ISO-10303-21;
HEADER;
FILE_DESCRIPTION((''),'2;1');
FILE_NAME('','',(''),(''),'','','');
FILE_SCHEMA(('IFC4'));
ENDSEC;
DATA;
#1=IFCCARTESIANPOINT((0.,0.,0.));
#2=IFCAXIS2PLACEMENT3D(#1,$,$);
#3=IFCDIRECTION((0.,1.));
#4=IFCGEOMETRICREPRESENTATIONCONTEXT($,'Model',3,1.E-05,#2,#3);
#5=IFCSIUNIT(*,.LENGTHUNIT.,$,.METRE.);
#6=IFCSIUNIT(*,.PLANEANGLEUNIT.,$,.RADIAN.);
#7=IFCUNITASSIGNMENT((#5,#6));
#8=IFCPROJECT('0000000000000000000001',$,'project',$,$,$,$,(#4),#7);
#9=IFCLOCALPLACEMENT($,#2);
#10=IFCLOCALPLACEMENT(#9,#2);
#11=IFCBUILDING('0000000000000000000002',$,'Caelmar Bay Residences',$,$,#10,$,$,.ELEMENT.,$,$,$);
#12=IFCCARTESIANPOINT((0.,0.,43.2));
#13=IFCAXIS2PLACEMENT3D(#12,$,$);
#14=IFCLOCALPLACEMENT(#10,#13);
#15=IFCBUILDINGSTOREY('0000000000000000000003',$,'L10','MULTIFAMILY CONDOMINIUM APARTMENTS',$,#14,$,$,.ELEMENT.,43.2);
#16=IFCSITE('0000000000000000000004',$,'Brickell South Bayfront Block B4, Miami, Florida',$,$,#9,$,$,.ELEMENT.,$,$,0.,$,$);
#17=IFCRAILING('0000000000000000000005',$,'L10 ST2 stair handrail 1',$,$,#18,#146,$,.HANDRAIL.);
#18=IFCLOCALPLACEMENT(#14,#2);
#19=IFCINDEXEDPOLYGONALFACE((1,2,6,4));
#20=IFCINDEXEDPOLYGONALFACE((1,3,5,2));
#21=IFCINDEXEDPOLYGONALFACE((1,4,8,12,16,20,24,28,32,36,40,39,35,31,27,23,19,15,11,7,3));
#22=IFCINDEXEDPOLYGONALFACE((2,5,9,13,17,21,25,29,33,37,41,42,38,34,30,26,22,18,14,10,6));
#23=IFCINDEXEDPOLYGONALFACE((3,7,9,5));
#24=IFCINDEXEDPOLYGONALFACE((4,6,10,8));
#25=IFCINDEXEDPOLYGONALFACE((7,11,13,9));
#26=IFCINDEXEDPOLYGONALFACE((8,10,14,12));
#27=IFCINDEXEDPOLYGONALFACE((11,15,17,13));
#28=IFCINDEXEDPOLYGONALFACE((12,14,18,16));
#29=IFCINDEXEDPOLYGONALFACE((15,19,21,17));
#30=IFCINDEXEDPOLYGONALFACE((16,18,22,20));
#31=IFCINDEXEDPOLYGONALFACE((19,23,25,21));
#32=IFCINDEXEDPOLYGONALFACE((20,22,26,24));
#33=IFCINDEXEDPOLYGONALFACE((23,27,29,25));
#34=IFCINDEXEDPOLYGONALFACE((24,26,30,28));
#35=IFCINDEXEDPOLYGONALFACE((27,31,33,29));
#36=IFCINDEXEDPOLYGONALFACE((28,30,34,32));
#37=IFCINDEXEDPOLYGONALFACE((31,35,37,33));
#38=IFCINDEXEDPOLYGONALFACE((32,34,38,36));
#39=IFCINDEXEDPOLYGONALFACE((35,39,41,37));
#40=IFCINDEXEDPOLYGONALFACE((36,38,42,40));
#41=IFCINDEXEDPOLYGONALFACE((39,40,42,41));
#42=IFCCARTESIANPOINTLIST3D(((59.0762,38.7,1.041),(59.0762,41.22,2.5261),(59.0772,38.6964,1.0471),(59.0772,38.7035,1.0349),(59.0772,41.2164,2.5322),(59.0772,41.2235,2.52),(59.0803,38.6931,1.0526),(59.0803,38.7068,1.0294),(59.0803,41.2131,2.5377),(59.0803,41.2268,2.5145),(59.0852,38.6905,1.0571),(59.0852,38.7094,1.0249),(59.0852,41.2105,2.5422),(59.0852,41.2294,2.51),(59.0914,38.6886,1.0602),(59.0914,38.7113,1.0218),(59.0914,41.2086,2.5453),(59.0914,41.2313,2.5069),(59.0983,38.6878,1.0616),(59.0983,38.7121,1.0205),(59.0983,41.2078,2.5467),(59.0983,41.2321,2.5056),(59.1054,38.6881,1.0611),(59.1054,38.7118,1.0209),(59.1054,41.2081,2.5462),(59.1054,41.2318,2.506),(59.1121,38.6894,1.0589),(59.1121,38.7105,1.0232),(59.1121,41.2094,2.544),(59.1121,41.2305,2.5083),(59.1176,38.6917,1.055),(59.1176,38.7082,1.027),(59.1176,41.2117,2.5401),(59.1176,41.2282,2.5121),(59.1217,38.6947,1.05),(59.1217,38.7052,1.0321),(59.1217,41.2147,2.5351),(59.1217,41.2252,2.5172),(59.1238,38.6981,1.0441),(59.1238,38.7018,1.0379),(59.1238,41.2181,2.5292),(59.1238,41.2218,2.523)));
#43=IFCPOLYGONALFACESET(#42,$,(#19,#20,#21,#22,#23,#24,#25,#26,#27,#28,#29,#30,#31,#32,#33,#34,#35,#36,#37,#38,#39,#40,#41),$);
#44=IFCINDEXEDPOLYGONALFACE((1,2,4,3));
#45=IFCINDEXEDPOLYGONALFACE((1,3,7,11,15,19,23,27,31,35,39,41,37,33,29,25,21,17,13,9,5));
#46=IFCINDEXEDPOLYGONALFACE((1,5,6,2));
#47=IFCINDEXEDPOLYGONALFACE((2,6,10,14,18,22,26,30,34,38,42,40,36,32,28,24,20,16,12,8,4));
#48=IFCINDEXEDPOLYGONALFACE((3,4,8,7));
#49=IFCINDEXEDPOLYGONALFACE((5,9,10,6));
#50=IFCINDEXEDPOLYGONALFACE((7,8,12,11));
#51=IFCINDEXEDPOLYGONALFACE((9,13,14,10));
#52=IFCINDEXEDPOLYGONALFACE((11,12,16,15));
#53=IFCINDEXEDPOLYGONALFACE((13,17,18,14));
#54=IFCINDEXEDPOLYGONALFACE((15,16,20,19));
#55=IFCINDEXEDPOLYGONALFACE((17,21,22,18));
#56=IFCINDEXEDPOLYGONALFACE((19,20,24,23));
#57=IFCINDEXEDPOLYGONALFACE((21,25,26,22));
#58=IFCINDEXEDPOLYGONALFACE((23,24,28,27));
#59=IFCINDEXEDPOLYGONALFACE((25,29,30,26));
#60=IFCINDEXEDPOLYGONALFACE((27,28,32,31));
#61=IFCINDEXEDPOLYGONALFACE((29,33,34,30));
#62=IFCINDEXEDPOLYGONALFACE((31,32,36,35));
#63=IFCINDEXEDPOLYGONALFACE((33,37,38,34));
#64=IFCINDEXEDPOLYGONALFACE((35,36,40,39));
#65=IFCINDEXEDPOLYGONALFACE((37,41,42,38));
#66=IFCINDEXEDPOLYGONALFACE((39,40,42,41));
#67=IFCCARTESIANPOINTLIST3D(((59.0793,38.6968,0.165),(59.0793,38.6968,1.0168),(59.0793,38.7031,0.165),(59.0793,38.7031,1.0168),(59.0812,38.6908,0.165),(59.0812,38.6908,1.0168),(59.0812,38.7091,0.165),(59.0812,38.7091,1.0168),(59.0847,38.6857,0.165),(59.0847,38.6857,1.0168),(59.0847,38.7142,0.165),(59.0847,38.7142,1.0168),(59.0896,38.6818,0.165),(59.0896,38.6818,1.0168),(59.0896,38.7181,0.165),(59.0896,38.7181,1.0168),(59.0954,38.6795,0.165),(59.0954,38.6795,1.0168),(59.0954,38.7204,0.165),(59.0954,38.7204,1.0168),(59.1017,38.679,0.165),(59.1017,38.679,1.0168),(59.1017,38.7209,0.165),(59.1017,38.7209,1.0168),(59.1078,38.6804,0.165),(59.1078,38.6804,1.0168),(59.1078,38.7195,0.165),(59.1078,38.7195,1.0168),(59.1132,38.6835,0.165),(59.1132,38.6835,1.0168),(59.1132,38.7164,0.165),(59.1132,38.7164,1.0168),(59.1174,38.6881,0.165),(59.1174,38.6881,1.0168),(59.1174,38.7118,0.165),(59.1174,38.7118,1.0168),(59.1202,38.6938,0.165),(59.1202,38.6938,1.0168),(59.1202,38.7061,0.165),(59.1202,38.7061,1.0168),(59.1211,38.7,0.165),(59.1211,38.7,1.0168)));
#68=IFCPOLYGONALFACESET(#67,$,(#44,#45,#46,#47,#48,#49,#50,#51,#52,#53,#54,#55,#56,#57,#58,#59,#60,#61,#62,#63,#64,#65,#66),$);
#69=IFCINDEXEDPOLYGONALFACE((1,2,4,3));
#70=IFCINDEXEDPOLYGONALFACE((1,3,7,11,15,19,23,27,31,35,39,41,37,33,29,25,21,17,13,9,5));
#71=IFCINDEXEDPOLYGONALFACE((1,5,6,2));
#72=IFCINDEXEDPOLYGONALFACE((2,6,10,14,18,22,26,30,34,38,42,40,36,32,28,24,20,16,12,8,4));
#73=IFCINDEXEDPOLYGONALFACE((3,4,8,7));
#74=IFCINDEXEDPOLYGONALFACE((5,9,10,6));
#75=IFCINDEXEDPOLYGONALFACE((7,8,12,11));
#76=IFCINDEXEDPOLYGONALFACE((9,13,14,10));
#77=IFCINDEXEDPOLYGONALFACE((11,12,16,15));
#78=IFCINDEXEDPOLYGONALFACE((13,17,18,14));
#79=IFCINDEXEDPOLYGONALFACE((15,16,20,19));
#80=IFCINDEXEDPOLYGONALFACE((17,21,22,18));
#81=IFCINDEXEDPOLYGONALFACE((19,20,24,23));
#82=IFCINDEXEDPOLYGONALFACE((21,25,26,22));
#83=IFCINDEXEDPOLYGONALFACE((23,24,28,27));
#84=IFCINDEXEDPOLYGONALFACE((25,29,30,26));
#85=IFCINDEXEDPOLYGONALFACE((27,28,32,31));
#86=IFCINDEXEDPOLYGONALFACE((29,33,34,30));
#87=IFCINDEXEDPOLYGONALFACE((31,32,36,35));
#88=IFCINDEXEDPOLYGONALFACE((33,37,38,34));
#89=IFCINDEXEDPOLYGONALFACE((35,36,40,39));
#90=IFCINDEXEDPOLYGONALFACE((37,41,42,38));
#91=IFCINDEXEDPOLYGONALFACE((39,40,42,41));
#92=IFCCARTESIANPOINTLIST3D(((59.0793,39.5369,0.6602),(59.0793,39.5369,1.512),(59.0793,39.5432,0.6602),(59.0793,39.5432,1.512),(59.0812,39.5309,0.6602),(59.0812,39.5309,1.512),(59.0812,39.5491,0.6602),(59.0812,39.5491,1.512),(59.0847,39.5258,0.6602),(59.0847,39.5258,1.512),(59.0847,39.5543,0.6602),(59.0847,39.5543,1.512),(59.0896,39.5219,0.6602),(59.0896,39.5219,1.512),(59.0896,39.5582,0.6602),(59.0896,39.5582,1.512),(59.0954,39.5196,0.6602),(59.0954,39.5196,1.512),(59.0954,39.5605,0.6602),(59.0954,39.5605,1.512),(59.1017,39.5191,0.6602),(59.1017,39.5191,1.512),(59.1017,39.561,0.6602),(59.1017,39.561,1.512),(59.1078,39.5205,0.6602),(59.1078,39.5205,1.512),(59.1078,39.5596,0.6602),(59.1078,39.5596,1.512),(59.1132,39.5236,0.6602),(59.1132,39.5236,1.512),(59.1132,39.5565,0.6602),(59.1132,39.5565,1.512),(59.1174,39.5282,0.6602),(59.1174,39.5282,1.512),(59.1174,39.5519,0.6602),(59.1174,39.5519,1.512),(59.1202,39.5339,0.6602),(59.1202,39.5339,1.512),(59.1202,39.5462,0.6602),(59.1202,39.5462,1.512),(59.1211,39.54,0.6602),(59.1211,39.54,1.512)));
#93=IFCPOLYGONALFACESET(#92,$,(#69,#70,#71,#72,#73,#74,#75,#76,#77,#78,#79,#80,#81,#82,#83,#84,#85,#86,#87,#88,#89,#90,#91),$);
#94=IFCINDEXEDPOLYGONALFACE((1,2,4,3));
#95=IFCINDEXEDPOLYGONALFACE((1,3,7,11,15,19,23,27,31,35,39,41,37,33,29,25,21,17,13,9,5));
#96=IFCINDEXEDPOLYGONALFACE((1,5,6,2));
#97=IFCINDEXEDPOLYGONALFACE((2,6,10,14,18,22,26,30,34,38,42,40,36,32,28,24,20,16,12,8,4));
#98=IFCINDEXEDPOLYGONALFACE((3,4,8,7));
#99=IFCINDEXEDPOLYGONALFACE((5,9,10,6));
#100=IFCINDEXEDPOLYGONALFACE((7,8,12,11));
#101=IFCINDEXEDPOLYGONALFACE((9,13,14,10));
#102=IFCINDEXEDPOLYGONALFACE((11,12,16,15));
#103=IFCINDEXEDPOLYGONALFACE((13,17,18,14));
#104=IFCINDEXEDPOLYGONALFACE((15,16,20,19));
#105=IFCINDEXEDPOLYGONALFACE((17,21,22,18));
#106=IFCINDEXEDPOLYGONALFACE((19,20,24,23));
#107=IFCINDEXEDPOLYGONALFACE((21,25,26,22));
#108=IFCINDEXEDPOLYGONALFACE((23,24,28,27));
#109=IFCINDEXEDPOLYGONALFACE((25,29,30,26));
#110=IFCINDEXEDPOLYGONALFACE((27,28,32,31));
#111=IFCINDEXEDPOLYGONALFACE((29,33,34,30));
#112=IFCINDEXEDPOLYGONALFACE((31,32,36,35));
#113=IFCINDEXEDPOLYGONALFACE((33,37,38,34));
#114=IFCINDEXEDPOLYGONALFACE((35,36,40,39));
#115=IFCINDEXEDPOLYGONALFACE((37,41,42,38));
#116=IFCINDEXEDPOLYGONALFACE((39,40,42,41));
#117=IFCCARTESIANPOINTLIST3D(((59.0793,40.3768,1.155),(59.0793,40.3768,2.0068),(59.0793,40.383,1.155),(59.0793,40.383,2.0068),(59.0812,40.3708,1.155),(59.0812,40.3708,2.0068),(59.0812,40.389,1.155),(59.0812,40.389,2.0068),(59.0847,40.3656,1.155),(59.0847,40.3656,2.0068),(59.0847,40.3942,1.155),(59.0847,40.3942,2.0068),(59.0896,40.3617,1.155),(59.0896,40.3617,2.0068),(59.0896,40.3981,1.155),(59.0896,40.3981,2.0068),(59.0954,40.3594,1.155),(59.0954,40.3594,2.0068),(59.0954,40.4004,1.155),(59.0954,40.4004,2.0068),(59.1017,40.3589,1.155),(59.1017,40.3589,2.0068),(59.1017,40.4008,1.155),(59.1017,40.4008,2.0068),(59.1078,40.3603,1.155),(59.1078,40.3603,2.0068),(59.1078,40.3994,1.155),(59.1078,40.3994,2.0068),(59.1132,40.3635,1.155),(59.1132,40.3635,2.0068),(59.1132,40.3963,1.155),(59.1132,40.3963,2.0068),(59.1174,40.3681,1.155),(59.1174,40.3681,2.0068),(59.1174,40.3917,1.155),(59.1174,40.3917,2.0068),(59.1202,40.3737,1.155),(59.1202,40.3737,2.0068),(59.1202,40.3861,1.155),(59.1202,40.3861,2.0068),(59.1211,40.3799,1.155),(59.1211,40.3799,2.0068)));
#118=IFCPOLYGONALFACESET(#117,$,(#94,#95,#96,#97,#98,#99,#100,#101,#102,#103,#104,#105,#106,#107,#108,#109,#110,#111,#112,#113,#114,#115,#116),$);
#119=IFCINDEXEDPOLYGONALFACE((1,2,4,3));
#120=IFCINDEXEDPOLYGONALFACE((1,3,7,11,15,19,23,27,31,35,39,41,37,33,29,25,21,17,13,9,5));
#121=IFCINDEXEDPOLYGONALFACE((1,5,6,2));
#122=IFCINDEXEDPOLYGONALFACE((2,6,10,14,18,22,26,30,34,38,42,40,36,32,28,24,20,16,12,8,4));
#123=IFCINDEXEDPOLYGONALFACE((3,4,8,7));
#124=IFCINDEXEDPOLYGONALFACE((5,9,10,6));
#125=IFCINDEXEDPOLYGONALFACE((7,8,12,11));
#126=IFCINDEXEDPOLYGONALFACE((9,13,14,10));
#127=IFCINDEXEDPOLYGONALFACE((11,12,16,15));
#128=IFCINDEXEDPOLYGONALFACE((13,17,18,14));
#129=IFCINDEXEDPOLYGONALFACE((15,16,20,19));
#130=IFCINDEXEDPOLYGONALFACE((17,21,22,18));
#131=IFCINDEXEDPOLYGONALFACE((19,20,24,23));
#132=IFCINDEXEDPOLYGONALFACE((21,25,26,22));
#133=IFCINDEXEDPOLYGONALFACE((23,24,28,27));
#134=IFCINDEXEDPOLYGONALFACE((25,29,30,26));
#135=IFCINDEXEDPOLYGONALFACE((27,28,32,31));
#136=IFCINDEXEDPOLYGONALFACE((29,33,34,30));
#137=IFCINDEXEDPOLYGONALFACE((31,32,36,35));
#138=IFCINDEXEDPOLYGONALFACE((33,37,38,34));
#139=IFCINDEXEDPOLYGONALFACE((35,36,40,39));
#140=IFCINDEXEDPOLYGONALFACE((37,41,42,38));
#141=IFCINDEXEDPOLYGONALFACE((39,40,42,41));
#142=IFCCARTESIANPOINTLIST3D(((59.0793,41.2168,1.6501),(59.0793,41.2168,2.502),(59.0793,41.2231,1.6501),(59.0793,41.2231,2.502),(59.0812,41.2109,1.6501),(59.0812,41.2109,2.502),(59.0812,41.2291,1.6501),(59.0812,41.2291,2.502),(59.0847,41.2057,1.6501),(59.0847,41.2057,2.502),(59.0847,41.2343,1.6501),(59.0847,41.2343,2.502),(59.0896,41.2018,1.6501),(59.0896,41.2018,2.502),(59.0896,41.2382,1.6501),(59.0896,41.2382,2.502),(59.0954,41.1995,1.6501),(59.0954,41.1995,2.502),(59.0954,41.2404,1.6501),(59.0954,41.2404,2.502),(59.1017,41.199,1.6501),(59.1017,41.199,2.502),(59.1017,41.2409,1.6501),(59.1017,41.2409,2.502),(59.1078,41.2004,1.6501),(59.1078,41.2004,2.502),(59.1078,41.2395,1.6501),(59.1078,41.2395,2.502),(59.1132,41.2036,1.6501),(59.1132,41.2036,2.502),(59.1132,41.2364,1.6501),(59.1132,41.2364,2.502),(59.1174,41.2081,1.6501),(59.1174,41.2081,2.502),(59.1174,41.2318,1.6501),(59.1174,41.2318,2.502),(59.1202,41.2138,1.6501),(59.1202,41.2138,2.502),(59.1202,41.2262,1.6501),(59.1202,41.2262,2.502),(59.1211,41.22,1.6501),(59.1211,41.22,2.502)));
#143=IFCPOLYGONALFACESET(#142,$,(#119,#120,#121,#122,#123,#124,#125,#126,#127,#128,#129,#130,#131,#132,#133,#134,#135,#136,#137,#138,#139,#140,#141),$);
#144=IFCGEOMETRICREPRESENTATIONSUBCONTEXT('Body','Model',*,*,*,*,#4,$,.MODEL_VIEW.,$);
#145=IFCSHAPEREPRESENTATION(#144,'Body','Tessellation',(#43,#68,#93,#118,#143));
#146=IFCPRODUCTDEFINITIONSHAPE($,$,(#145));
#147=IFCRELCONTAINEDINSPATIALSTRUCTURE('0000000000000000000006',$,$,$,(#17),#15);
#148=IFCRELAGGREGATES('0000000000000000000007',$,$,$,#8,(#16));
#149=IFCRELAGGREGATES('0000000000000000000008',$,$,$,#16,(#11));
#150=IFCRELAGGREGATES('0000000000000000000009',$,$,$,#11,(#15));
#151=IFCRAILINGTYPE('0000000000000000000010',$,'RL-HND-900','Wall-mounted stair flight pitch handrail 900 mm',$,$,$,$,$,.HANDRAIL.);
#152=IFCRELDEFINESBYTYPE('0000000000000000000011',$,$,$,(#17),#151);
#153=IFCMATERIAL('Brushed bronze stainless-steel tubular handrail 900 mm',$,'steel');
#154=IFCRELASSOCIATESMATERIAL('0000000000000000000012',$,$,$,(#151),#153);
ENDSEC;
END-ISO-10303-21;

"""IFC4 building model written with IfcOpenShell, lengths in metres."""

from ifc_helpers import new_model, si_unit, direction, frame, origin, origin_2d, place, context, subcontext, project, spatial, circle, extrude, material, type_object, element, save


model = new_model("IFC4")

# Units and contexts
model_context = context("Model", 3, precision=1e-05, world=origin(), true_north=direction((0.0, 1.0)))
body_context = subcontext(model_context, "Body", "Model", "MODEL_VIEW")
ifc_project = project(units=[si_unit("LENGTHUNIT", "METRE"), si_unit("PLANEANGLEUNIT", "RADIAN")], contexts=[model_context])

# Site, building, storey
site_placement = place(None, origin())
site = spatial("IfcSite", under=ifc_project, at=site_placement, Name="Brickell South Bayfront Block B4, Miami, Florida", CompositionType="ELEMENT", RefElevation=0.0)
building_placement = place(site_placement, origin())
building = spatial("IfcBuilding", under=site, at=building_placement, Name="Caelmar Bay Residences", CompositionType="ELEMENT")
storey_placement = place(building_placement, frame((0.0, 0.0, 43.2)))
storey = spatial("IfcBuildingStorey", under=building, at=storey_placement, Name="L10", Description="MULTIFAMILY CONDOMINIUM APARTMENTS", CompositionType="ELEMENT", Elevation=43.2)

# Railing
ifc_material_1 = material(Name="Brushed bronze stainless-steel tubular handrail 900 mm", Category="steel")
railing_type_1 = type_object("IfcRailingType", Name="RL-HND-900", Description="Wall-mounted stair flight pitch handrail 900 mm", PredefinedType="HANDRAIL", material=ifc_material_1)
railing_1_placement = place(storey_placement, frame((59.1001, 38.7, 0.165)))
element("IfcRailing", 1, at=railing_1_placement, inside=storey, type_object=railing_type_1, Name="L10 ST2 stair handrail 1", PredefinedType="HANDRAIL", context=body_context, shape_type="SweptSolid", body=[
    extrude(circle(Radius=0.0239, at=origin_2d()), frame((0.0, 0.0, 0.876), z_axis=(0.0, 0.861524, 0.507717), x_axis=(-1.0, 0.0, 0.0)), (0.0, 0.0, 1.0), 2.925),
    extrude(circle(Radius=0.021, at=origin_2d()), origin(), (0.0, 0.0, 1.0), 0.8518),
    extrude(circle(Radius=0.021, at=origin_2d()), frame((0.0, 0.8401, 0.4951)), (0.0, 0.0, 1.0), 0.8518),
    extrude(circle(Radius=0.021, at=origin_2d()), frame((0.0, 1.6799, 0.99)), (0.0, 0.0, 1.0), 0.8518),
    extrude(circle(Radius=0.021, at=origin_2d()), frame((0.0, 2.52, 1.4851)), (0.0, 0.0, 1.0), 0.8518),
])

save(model, "model.ifc")
